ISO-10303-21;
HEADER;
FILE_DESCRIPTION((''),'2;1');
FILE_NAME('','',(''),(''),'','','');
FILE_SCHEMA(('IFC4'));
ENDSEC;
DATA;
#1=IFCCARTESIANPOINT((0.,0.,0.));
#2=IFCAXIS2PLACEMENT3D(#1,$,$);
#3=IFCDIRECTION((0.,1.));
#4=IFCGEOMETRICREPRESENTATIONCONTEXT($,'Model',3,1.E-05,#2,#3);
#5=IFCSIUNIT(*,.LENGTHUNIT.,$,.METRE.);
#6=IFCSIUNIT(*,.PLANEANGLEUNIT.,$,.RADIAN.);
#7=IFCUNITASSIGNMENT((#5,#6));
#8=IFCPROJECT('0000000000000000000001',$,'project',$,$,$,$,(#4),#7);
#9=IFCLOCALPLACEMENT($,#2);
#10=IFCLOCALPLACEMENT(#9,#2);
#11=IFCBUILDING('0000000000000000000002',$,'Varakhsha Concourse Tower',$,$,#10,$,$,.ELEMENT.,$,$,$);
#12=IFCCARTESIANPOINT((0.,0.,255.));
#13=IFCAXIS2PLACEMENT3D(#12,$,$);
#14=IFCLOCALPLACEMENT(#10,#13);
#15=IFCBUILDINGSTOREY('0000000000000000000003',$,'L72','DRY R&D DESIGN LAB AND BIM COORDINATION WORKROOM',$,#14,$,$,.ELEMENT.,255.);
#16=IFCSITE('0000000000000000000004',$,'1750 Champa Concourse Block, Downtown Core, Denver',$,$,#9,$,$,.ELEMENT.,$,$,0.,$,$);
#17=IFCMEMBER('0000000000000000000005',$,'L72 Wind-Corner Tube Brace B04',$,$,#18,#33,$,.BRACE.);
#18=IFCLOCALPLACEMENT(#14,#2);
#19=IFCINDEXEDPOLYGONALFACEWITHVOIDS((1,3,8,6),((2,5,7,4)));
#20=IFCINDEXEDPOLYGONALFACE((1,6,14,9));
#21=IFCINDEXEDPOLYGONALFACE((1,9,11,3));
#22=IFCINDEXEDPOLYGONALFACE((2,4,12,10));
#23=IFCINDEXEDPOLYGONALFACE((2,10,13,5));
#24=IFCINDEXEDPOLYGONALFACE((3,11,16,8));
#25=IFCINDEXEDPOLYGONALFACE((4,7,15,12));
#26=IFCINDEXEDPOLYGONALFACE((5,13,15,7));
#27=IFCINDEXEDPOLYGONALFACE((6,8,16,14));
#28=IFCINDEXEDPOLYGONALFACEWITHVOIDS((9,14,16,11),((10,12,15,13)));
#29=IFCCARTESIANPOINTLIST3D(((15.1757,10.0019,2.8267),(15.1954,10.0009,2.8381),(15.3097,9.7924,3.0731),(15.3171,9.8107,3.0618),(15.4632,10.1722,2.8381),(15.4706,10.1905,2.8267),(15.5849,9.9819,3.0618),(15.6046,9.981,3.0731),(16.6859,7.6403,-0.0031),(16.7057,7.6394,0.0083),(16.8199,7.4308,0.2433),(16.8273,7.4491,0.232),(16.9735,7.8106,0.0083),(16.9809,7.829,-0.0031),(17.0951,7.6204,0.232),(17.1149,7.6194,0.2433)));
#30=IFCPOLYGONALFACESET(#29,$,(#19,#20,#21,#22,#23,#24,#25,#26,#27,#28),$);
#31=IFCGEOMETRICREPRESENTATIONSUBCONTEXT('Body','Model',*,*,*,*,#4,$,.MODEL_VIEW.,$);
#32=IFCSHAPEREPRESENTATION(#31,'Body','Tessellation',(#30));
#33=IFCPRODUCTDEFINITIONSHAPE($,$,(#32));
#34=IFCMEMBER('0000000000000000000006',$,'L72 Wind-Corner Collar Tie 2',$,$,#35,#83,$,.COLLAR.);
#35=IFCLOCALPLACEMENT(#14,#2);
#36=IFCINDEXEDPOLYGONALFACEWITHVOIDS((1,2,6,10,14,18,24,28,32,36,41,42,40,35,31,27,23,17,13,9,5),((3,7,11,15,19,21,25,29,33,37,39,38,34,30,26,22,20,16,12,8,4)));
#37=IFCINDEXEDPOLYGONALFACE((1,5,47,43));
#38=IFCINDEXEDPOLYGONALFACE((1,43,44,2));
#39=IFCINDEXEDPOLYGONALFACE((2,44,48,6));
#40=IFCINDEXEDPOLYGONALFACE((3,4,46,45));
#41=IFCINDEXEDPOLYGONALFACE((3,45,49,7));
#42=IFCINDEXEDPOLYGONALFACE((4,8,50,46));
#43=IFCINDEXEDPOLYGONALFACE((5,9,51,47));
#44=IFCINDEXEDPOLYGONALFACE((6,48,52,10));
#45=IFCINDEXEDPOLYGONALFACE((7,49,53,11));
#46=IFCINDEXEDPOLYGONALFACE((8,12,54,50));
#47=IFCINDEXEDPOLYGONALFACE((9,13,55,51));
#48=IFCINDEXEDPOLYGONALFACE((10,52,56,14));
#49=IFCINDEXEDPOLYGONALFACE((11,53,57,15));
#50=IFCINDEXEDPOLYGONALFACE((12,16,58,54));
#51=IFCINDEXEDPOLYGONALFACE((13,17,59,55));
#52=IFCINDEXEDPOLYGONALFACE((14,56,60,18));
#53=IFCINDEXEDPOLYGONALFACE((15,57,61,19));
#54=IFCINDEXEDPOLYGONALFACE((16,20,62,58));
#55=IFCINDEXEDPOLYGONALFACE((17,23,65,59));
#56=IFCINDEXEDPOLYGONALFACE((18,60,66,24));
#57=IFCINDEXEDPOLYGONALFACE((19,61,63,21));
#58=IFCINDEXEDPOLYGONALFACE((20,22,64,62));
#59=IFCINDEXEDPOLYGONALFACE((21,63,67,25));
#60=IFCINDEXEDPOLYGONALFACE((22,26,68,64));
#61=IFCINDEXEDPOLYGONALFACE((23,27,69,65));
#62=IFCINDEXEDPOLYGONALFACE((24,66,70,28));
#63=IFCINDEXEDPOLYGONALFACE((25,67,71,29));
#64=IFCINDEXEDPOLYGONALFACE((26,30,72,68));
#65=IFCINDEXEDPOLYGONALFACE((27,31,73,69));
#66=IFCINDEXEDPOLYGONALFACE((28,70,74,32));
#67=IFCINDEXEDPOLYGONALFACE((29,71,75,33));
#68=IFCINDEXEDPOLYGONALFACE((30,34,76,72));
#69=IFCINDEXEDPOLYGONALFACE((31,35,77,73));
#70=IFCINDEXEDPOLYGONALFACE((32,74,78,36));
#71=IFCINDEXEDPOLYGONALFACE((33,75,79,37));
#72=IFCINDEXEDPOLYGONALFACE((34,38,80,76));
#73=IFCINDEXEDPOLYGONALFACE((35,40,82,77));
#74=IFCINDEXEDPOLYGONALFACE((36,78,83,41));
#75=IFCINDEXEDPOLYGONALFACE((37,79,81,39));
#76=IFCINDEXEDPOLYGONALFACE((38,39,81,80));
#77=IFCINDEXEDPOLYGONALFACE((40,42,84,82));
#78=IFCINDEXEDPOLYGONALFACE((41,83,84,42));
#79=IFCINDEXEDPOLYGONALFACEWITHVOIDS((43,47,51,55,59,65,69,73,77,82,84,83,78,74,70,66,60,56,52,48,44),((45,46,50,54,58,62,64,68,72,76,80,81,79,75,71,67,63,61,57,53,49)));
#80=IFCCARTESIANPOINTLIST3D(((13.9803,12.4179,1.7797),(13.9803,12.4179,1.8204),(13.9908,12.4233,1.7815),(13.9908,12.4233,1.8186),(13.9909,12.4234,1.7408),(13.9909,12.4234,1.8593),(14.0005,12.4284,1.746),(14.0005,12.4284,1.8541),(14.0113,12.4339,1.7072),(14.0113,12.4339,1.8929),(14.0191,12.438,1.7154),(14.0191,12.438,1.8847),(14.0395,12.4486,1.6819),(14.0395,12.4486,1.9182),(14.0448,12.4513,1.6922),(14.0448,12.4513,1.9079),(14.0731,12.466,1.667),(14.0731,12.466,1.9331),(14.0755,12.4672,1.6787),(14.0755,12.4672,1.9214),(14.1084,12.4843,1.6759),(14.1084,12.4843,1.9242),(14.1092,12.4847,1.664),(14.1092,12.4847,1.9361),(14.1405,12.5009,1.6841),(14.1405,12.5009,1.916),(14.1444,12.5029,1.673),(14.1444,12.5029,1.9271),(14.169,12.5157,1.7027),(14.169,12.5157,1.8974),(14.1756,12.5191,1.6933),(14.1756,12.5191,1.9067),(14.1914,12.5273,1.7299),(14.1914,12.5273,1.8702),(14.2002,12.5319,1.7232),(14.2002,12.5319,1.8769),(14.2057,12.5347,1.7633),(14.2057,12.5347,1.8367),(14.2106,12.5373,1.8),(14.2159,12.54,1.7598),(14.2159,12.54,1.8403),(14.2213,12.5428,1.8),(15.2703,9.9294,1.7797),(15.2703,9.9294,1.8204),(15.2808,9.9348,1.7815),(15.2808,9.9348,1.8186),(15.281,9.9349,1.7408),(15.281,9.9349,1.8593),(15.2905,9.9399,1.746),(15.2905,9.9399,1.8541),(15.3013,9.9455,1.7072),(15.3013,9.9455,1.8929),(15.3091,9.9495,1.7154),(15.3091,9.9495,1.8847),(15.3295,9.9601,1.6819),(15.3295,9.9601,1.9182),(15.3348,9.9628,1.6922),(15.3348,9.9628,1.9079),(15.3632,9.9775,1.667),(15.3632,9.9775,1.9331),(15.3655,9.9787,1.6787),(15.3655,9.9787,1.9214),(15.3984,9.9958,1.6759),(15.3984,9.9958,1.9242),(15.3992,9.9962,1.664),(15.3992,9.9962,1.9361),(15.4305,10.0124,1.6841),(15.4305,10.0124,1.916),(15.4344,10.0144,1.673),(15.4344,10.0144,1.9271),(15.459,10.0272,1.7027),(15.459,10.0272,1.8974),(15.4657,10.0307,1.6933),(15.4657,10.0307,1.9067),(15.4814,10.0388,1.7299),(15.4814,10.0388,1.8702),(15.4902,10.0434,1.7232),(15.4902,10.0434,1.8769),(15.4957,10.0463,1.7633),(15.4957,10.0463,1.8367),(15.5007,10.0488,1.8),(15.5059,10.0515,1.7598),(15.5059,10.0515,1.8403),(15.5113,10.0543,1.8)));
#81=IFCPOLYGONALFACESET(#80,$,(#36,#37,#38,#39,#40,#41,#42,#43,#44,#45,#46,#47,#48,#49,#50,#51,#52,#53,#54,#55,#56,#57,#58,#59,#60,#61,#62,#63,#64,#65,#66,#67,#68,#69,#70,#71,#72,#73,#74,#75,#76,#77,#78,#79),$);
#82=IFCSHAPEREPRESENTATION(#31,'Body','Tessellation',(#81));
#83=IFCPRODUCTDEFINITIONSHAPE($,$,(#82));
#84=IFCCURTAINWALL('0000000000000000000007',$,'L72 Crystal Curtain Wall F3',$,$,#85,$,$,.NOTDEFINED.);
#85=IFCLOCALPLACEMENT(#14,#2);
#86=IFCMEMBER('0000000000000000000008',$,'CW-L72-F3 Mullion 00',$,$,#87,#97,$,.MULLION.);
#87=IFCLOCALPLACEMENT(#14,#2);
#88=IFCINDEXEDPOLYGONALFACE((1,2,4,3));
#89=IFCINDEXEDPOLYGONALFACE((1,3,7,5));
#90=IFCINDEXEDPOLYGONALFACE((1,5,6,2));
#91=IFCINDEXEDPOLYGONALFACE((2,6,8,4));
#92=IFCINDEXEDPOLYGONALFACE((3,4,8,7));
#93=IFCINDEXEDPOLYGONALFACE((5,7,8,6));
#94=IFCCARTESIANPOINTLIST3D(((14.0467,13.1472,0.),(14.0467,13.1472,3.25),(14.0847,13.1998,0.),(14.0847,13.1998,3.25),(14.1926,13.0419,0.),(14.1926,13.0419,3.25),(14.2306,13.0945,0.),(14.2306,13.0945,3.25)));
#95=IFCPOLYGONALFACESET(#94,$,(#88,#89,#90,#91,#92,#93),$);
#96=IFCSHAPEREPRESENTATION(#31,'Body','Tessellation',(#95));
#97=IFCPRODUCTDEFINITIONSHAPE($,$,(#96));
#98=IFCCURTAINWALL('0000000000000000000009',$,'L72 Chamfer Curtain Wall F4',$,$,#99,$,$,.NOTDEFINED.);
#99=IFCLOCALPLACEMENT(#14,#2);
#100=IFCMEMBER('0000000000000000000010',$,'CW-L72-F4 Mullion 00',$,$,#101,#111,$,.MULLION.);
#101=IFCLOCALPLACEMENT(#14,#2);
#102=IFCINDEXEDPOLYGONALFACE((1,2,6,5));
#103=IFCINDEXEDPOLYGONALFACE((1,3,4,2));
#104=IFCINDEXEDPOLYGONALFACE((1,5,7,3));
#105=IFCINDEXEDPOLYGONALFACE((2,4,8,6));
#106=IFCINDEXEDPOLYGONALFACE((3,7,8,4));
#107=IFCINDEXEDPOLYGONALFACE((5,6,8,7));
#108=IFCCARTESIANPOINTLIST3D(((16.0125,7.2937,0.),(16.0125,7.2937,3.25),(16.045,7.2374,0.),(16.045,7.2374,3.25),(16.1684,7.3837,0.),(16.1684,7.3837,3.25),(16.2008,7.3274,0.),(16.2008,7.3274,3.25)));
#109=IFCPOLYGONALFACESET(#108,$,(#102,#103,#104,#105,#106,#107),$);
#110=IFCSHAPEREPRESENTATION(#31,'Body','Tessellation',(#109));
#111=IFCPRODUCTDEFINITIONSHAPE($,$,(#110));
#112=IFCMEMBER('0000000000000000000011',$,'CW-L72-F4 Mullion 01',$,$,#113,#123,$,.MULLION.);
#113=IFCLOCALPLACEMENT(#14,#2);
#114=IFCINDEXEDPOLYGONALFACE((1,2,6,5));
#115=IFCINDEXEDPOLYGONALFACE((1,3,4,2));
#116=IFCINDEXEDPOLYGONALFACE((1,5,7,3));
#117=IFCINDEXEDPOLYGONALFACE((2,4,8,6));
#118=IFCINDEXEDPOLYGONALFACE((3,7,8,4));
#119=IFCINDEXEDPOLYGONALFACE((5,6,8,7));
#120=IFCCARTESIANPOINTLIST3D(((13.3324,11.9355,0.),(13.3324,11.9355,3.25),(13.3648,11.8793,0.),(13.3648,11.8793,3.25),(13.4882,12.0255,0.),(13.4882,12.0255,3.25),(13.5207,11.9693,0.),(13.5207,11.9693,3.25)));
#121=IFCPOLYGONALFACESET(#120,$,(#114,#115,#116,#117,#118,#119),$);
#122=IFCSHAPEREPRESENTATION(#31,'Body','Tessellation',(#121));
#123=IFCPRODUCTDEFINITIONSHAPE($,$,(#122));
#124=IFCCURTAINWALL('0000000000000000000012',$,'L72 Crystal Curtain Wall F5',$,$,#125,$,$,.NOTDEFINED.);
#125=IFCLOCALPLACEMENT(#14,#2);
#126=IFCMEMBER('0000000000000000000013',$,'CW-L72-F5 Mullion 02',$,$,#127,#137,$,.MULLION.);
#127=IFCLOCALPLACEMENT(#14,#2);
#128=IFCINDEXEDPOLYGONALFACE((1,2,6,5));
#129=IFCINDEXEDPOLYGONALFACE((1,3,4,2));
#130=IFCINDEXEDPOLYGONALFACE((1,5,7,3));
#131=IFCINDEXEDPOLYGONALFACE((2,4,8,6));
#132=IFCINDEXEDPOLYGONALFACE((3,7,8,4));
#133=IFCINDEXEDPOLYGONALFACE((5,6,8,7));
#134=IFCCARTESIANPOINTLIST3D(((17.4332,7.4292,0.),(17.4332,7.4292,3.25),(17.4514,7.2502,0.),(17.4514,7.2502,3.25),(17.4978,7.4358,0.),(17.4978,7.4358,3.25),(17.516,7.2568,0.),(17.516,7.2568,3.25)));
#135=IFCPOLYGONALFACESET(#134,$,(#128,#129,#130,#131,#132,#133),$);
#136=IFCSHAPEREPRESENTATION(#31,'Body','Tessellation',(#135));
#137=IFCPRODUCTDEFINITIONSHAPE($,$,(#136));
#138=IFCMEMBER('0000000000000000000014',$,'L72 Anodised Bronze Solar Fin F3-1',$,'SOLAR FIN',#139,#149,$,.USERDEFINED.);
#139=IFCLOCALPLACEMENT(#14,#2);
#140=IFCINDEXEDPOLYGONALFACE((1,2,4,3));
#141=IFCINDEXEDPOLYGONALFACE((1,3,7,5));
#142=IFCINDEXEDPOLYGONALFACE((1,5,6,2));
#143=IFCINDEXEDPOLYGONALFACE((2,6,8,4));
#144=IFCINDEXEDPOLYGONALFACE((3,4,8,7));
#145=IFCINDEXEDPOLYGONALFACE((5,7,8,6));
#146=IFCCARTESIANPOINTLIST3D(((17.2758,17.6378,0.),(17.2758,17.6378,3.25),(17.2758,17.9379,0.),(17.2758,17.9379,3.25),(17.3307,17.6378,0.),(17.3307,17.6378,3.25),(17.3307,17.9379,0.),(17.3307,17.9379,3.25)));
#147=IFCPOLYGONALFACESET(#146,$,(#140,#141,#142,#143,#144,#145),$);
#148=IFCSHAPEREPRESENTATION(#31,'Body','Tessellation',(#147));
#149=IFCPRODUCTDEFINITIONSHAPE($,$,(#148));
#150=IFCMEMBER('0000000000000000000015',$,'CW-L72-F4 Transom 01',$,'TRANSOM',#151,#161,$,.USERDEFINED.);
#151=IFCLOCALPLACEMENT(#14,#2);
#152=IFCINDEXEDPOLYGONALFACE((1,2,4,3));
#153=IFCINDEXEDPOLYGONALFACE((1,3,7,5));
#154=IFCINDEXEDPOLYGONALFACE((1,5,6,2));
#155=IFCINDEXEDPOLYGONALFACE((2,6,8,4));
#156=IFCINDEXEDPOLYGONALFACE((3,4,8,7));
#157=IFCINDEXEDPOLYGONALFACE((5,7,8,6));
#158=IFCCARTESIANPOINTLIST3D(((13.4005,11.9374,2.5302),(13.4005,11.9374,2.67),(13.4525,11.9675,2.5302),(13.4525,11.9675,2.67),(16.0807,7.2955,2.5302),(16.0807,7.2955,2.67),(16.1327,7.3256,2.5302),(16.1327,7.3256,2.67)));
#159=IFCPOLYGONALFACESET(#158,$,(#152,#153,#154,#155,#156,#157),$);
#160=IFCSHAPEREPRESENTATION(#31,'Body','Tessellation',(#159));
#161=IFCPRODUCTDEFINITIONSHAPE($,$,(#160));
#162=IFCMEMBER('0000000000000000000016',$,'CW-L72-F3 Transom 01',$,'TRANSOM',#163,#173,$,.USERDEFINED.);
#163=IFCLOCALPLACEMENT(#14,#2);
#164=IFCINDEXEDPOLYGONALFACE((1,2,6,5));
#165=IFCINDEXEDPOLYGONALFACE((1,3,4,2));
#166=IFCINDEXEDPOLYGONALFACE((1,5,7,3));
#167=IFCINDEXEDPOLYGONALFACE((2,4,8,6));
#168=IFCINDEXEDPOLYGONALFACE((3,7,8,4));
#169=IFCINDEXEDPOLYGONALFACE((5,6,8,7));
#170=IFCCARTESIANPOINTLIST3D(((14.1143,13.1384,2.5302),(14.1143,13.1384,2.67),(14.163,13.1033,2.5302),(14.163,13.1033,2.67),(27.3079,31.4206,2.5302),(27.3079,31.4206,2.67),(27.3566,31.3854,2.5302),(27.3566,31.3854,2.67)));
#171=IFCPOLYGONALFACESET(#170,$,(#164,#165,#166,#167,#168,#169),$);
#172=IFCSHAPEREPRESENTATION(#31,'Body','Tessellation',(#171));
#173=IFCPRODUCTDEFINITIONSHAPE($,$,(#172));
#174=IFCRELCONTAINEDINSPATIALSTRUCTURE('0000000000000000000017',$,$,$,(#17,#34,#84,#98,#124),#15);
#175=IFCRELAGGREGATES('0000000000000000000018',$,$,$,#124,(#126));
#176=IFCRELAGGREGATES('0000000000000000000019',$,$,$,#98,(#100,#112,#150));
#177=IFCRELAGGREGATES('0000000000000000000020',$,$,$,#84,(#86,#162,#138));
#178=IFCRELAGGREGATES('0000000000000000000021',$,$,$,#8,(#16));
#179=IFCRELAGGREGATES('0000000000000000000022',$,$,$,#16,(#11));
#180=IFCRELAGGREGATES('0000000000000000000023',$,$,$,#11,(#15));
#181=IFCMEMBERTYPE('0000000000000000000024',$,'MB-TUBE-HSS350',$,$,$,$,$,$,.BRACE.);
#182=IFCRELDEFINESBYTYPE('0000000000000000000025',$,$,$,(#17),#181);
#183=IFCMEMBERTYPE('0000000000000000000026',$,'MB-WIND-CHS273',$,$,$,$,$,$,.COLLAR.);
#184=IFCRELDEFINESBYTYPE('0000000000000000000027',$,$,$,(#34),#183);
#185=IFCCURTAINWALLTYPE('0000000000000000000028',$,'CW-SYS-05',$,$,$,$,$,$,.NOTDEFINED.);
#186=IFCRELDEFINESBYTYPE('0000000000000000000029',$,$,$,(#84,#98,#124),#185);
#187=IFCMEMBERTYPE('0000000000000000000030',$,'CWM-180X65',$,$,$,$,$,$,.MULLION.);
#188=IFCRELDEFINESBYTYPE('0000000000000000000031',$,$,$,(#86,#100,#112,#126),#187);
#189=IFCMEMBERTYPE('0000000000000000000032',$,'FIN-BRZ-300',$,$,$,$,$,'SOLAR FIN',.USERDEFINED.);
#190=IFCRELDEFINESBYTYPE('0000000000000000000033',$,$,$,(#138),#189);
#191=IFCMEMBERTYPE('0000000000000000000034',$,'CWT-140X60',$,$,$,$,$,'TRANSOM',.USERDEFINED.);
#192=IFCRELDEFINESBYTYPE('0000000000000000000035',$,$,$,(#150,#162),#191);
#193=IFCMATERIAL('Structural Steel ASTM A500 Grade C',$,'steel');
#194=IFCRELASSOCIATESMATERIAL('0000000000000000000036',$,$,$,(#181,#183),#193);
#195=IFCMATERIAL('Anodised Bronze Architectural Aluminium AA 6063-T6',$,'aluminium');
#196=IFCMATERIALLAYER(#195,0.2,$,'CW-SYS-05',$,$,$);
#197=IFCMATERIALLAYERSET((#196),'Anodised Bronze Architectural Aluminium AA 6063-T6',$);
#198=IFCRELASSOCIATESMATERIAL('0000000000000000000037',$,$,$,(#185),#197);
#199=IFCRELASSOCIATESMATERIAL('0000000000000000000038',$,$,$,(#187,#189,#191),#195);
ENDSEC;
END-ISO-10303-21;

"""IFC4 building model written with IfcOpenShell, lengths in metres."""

from ifc_helpers import new_model, si_unit, direction, frame, origin, origin_2d, place, context, subcontext, project, spatial, rectangle, hollow_rectangle, hollow_circle, extrude, source, transform, mapped, material, layer, layer_set, material_profile, profile_set, type_object, type_shapes, element, aggregate, save


model = new_model("IFC4")

# Units and contexts
model_context = context("Model", 3, precision=1e-05, world=origin(), true_north=direction((0.0, 1.0)))
body_context = subcontext(model_context, "Body", "Model", "MODEL_VIEW")
ifc_project = project(units=[si_unit("LENGTHUNIT", "METRE"), si_unit("PLANEANGLEUNIT", "RADIAN")], contexts=[model_context])

# Site, building, storey
site_placement = place(None, origin())
site = spatial("IfcSite", under=ifc_project, at=site_placement, Name="1750 Champa Concourse Block, Downtown Core, Denver", CompositionType="ELEMENT", RefElevation=0.0)
building_placement = place(site_placement, origin())
building = spatial("IfcBuilding", under=site, at=building_placement, Name="Varakhsha Concourse Tower", CompositionType="ELEMENT")
storey_placement = place(building_placement, frame((0.0, 0.0, 255.0)))
storey = spatial("IfcBuildingStorey", under=building, at=storey_placement, Name="L72", Description="DRY R&D DESIGN LAB AND BIM COORDINATION WORKROOM", CompositionType="ELEMENT", Elevation=255.0)

# Members
ifc_material_1 = material(Name="Structural Steel ASTM A500 Grade C", Category="steel")
ifc_material_profile_1 = material_profile(ifc_material_1, hollow_rectangle(XDim=0.3501, YDim=0.3501, WallThickness=0.0161, at=origin_2d()), Name="HSS 350x350x16")
ifc_profile_set_1 = profile_set([ifc_material_profile_1], Name="Structural Steel ASTM A500 Grade C")
member_type_1 = type_object("IfcMemberType", Name="MB-TUBE-HSS350", PredefinedType="BRACE", material=ifc_profile_set_1)
shared_shape_1 = source(origin(), body_context, "Body", "SweptSolid", [
    extrude(hollow_rectangle(XDim=0.3501, YDim=0.3501, WallThickness=0.0161, at=origin_2d()), origin(), (0.0, 0.0, 1.0), 3.9832),
])
type_shapes(member_type_1, [shared_shape_1])
for number, where, z_axis, x_axis, name in (
    (1, (16.9004, 7.6299, 0.1201), (-0.379156, 0.592884, 0.710443), (-0.842458, -0.538762, 0.0), "L72 Wind-Corner Tube Brace B04"),
):
    element("IfcMember", number, at=place(storey_placement, frame(where, z_axis=z_axis, x_axis=x_axis)), inside=storey, type_object=member_type_1, Name=name, PredefinedType="BRACE", context=body_context, shape_type="MappedRepresentation", body=[
        mapped(shared_shape_1, transform((0.0, 0.0, 0.0), scale=1.0)),
    ])
ifc_material_profile_2 = material_profile(ifc_material_1, hollow_circle(Radius=0.1365, WallThickness=0.012, at=origin_2d()), Name="CHS 273x12")
ifc_profile_set_2 = profile_set([ifc_material_profile_2], Name="Structural Steel ASTM A500 Grade C")
member_type_2 = type_object("IfcMemberType", Name="MB-WIND-CHS273", PredefinedType="COLLAR", material=ifc_profile_set_2)
shared_shape_2 = source(origin(), body_context, "Body", "SweptSolid", [
    extrude(hollow_circle(Radius=0.1365, WallThickness=0.012, at=origin_2d()), origin(), (0.0, 0.0, 1.0), 2.803),
])
type_shapes(member_type_2, [shared_shape_2])
member_1_placement = place(storey_placement, frame((14.1001, 12.48, 1.8), z_axis=(0.460231, -0.887799, 0.0), x_axis=(0.887799, 0.460231, 0.0)))
element("IfcMember", 2, at=member_1_placement, inside=storey, type_object=member_type_2, Name="L72 Wind-Corner Collar Tie 2", PredefinedType="COLLAR", context=body_context, shape_type="MappedRepresentation", body=[
    mapped(shared_shape_2, transform((0.0, 0.0, 0.0), scale=1.0)),
])

# Curtain wall, member
ifc_material_2 = material(Name="Anodised Bronze Architectural Aluminium AA 6063-T6", Category="aluminium")
ifc_layer_1 = layer(ifc_material_2, 0.2, Name="CW-SYS-05")
ifc_layer_set_1 = layer_set([ifc_layer_1], Name="Anodised Bronze Architectural Aluminium AA 6063-T6")
curtain_wall_type = type_object("IfcCurtainWallType", Name="CW-SYS-05", PredefinedType="NOTDEFINED", material=ifc_layer_set_1)
curtain_wall_1_placement = place(storey_placement, origin())
curtain_wall_1 = element("IfcCurtainWall", 3, at=curtain_wall_1_placement, inside=storey, type_object=curtain_wall_type, Name="L72 Crystal Curtain Wall F3", PredefinedType="NOTDEFINED")
ifc_material_profile_3 = material_profile(ifc_material_2, rectangle(XDim=0.0649, YDim=0.1799, at=origin_2d()), Name="CWM-180X65")
ifc_profile_set_3 = profile_set([ifc_material_profile_3], Name="Anodised Bronze Architectural Aluminium AA 6063-T6")
member_type_3 = type_object("IfcMemberType", Name="CWM-180X65", PredefinedType="MULLION", material=ifc_profile_set_3)
shared_shape_3 = source(origin(), body_context, "Body", "SweptSolid", [
    extrude(rectangle(XDim=0.0649, YDim=0.1799, at=origin_2d()), origin(), (0.0, 0.0, 1.0), 3.25),
])
type_shapes(member_type_3, [shared_shape_3])
member_2_placement = place(storey_placement, frame((14.1387, 13.1208, 0.0), z_axis=(0.0, 0.0, 1.0), x_axis=(0.585188, 0.810897, 0.0)))
member_2 = element("IfcMember", 4, at=member_2_placement, type_object=member_type_3, Name="CW-L72-F3 Mullion 00", PredefinedType="MULLION", context=body_context, shape_type="MappedRepresentation", body=[
    mapped(shared_shape_3, transform((0.0, 0.0, 0.0), scale=1.0)),
])

# Curtain wall, members
curtain_wall_2_placement = place(storey_placement, origin())
curtain_wall_2 = element("IfcCurtainWall", 5, at=curtain_wall_2_placement, inside=storey, type_object=curtain_wall_type, Name="L72 Chamfer Curtain Wall F4", PredefinedType="NOTDEFINED")
member_3_placement = place(storey_placement, frame((16.1067, 7.3105, 0.0), z_axis=(0.0, 0.0, 1.0), x_axis=(-0.5, 0.866025, 0.0)))
member_3 = element("IfcMember", 6, at=member_3_placement, type_object=member_type_3, Name="CW-L72-F4 Mullion 00", PredefinedType="MULLION", context=body_context, shape_type="MappedRepresentation", body=[
    mapped(shared_shape_3, transform((0.0, 0.0, 0.0), scale=1.0)),
])
member_4_placement = place(storey_placement, frame((13.4265, 11.9524, 0.0), z_axis=(0.0, 0.0, 1.0), x_axis=(-0.5, 0.866025, 0.0)))
member_4 = element("IfcMember", 7, at=member_4_placement, type_object=member_type_3, Name="CW-L72-F4 Mullion 01", PredefinedType="MULLION", context=body_context, shape_type="MappedRepresentation", body=[
    mapped(shared_shape_3, transform((0.0, 0.0, 0.0), scale=1.0)),
])

# Curtain wall, member
curtain_wall_3_placement = place(storey_placement, origin())
curtain_wall_3 = element("IfcCurtainWall", 8, at=curtain_wall_3_placement, inside=storey, type_object=curtain_wall_type, Name="L72 Crystal Curtain Wall F5", PredefinedType="NOTDEFINED")
member_5_placement = place(storey_placement, frame((17.4746, 7.343, 0.0), z_axis=(0.0, 0.0, 1.0), x_axis=(-0.994852, -0.101336, 0.0)))
member_5 = element("IfcMember", 9, at=member_5_placement, type_object=member_type_3, Name="CW-L72-F5 Mullion 02", PredefinedType="MULLION", context=body_context, shape_type="MappedRepresentation", body=[
    mapped(shared_shape_3, transform((0.0, 0.0, 0.0), scale=1.0)),
])
aggregate(curtain_wall_3, [member_5])

# Members
ifc_material_profile_4 = material_profile(ifc_material_2, rectangle(XDim=0.0549, YDim=0.3, at=origin_2d()), Name="FIN-BRZ-300")
ifc_profile_set_4 = profile_set([ifc_material_profile_4], Name="Anodised Bronze Architectural Aluminium AA 6063-T6")
member_type_4 = type_object("IfcMemberType", Name="FIN-BRZ-300", ElementType="SOLAR FIN", PredefinedType="USERDEFINED", material=ifc_profile_set_4)
shared_shape_4 = source(origin(), body_context, "Body", "SweptSolid", [
    extrude(rectangle(XDim=0.0549, YDim=0.3, at=origin_2d()), origin(), (0.0, 0.0, 1.0), 3.25),
])
type_shapes(member_type_4, [shared_shape_4])
member_6_placement = place(storey_placement, frame((17.3032, 17.7878, 0.0), z_axis=(0.0, 0.0, 1.0), x_axis=(1.0, 0.0, 0.0)))
member_6 = element("IfcMember", 10, at=member_6_placement, type_object=member_type_4, Name="L72 Anodised Bronze Solar Fin F3-1", ObjectType="SOLAR FIN", PredefinedType="USERDEFINED", context=body_context, shape_type="MappedRepresentation", body=[
    mapped(shared_shape_4, transform((0.0, 0.0, 0.0), scale=1.0)),
])
ifc_material_profile_5 = material_profile(ifc_material_2, rectangle(XDim=0.0601, YDim=0.1399, at=origin_2d()), Name="CWT-140X60")
ifc_profile_set_5 = profile_set([ifc_material_profile_5], Name="Anodised Bronze Architectural Aluminium AA 6063-T6")
member_type_5 = type_object("IfcMemberType", Name="CWT-140X60", ElementType="TRANSOM", PredefinedType="USERDEFINED", material=ifc_profile_set_5)
shared_shape_5 = source(origin(), body_context, "Body", "SweptSolid", [
    extrude(rectangle(XDim=0.0601, YDim=0.1399, at=origin_2d()), origin(), (0.0, 0.0, 1.0), 5.3601),
])
member_7_placement = place(storey_placement, frame((16.1067, 7.3105, 2.6001), z_axis=(-0.500029, 0.866009, 0.0), x_axis=(-0.866009, -0.500029, 0.0)))
member_7 = element("IfcMember", 11, at=member_7_placement, type_object=member_type_5, Name="CW-L72-F4 Transom 01", ObjectType="TRANSOM", PredefinedType="USERDEFINED", context=body_context, shape_type="MappedRepresentation", body=[
    mapped(shared_shape_5, transform((0.0, 0.0, 0.0), scale=1.0)),
])
shared_shape_6 = source(origin(), body_context, "Body", "SweptSolid", [
    extrude(rectangle(XDim=0.0601, YDim=0.1399, at=origin_2d()), origin(), (0.0, 0.0, 1.0), 22.5457),
])
type_shapes(member_type_5, [shared_shape_5, shared_shape_6])
member_8_placement = place(storey_placement, frame((14.1387, 13.1208, 2.6001), z_axis=(0.585192, 0.810894, 0.0), x_axis=(-0.810894, 0.585192, 0.0)))
member_8 = element("IfcMember", 12, at=member_8_placement, type_object=member_type_5, Name="CW-L72-F3 Transom 01", ObjectType="TRANSOM", PredefinedType="USERDEFINED", context=body_context, shape_type="MappedRepresentation", body=[
    mapped(shared_shape_6, transform((0.0, 0.0, 0.0), scale=1.0)),
])

aggregate(curtain_wall_2, [member_3, member_4, member_7])
aggregate(curtain_wall_1, [member_2, member_8, member_6])

save(model, "model.ifc")
